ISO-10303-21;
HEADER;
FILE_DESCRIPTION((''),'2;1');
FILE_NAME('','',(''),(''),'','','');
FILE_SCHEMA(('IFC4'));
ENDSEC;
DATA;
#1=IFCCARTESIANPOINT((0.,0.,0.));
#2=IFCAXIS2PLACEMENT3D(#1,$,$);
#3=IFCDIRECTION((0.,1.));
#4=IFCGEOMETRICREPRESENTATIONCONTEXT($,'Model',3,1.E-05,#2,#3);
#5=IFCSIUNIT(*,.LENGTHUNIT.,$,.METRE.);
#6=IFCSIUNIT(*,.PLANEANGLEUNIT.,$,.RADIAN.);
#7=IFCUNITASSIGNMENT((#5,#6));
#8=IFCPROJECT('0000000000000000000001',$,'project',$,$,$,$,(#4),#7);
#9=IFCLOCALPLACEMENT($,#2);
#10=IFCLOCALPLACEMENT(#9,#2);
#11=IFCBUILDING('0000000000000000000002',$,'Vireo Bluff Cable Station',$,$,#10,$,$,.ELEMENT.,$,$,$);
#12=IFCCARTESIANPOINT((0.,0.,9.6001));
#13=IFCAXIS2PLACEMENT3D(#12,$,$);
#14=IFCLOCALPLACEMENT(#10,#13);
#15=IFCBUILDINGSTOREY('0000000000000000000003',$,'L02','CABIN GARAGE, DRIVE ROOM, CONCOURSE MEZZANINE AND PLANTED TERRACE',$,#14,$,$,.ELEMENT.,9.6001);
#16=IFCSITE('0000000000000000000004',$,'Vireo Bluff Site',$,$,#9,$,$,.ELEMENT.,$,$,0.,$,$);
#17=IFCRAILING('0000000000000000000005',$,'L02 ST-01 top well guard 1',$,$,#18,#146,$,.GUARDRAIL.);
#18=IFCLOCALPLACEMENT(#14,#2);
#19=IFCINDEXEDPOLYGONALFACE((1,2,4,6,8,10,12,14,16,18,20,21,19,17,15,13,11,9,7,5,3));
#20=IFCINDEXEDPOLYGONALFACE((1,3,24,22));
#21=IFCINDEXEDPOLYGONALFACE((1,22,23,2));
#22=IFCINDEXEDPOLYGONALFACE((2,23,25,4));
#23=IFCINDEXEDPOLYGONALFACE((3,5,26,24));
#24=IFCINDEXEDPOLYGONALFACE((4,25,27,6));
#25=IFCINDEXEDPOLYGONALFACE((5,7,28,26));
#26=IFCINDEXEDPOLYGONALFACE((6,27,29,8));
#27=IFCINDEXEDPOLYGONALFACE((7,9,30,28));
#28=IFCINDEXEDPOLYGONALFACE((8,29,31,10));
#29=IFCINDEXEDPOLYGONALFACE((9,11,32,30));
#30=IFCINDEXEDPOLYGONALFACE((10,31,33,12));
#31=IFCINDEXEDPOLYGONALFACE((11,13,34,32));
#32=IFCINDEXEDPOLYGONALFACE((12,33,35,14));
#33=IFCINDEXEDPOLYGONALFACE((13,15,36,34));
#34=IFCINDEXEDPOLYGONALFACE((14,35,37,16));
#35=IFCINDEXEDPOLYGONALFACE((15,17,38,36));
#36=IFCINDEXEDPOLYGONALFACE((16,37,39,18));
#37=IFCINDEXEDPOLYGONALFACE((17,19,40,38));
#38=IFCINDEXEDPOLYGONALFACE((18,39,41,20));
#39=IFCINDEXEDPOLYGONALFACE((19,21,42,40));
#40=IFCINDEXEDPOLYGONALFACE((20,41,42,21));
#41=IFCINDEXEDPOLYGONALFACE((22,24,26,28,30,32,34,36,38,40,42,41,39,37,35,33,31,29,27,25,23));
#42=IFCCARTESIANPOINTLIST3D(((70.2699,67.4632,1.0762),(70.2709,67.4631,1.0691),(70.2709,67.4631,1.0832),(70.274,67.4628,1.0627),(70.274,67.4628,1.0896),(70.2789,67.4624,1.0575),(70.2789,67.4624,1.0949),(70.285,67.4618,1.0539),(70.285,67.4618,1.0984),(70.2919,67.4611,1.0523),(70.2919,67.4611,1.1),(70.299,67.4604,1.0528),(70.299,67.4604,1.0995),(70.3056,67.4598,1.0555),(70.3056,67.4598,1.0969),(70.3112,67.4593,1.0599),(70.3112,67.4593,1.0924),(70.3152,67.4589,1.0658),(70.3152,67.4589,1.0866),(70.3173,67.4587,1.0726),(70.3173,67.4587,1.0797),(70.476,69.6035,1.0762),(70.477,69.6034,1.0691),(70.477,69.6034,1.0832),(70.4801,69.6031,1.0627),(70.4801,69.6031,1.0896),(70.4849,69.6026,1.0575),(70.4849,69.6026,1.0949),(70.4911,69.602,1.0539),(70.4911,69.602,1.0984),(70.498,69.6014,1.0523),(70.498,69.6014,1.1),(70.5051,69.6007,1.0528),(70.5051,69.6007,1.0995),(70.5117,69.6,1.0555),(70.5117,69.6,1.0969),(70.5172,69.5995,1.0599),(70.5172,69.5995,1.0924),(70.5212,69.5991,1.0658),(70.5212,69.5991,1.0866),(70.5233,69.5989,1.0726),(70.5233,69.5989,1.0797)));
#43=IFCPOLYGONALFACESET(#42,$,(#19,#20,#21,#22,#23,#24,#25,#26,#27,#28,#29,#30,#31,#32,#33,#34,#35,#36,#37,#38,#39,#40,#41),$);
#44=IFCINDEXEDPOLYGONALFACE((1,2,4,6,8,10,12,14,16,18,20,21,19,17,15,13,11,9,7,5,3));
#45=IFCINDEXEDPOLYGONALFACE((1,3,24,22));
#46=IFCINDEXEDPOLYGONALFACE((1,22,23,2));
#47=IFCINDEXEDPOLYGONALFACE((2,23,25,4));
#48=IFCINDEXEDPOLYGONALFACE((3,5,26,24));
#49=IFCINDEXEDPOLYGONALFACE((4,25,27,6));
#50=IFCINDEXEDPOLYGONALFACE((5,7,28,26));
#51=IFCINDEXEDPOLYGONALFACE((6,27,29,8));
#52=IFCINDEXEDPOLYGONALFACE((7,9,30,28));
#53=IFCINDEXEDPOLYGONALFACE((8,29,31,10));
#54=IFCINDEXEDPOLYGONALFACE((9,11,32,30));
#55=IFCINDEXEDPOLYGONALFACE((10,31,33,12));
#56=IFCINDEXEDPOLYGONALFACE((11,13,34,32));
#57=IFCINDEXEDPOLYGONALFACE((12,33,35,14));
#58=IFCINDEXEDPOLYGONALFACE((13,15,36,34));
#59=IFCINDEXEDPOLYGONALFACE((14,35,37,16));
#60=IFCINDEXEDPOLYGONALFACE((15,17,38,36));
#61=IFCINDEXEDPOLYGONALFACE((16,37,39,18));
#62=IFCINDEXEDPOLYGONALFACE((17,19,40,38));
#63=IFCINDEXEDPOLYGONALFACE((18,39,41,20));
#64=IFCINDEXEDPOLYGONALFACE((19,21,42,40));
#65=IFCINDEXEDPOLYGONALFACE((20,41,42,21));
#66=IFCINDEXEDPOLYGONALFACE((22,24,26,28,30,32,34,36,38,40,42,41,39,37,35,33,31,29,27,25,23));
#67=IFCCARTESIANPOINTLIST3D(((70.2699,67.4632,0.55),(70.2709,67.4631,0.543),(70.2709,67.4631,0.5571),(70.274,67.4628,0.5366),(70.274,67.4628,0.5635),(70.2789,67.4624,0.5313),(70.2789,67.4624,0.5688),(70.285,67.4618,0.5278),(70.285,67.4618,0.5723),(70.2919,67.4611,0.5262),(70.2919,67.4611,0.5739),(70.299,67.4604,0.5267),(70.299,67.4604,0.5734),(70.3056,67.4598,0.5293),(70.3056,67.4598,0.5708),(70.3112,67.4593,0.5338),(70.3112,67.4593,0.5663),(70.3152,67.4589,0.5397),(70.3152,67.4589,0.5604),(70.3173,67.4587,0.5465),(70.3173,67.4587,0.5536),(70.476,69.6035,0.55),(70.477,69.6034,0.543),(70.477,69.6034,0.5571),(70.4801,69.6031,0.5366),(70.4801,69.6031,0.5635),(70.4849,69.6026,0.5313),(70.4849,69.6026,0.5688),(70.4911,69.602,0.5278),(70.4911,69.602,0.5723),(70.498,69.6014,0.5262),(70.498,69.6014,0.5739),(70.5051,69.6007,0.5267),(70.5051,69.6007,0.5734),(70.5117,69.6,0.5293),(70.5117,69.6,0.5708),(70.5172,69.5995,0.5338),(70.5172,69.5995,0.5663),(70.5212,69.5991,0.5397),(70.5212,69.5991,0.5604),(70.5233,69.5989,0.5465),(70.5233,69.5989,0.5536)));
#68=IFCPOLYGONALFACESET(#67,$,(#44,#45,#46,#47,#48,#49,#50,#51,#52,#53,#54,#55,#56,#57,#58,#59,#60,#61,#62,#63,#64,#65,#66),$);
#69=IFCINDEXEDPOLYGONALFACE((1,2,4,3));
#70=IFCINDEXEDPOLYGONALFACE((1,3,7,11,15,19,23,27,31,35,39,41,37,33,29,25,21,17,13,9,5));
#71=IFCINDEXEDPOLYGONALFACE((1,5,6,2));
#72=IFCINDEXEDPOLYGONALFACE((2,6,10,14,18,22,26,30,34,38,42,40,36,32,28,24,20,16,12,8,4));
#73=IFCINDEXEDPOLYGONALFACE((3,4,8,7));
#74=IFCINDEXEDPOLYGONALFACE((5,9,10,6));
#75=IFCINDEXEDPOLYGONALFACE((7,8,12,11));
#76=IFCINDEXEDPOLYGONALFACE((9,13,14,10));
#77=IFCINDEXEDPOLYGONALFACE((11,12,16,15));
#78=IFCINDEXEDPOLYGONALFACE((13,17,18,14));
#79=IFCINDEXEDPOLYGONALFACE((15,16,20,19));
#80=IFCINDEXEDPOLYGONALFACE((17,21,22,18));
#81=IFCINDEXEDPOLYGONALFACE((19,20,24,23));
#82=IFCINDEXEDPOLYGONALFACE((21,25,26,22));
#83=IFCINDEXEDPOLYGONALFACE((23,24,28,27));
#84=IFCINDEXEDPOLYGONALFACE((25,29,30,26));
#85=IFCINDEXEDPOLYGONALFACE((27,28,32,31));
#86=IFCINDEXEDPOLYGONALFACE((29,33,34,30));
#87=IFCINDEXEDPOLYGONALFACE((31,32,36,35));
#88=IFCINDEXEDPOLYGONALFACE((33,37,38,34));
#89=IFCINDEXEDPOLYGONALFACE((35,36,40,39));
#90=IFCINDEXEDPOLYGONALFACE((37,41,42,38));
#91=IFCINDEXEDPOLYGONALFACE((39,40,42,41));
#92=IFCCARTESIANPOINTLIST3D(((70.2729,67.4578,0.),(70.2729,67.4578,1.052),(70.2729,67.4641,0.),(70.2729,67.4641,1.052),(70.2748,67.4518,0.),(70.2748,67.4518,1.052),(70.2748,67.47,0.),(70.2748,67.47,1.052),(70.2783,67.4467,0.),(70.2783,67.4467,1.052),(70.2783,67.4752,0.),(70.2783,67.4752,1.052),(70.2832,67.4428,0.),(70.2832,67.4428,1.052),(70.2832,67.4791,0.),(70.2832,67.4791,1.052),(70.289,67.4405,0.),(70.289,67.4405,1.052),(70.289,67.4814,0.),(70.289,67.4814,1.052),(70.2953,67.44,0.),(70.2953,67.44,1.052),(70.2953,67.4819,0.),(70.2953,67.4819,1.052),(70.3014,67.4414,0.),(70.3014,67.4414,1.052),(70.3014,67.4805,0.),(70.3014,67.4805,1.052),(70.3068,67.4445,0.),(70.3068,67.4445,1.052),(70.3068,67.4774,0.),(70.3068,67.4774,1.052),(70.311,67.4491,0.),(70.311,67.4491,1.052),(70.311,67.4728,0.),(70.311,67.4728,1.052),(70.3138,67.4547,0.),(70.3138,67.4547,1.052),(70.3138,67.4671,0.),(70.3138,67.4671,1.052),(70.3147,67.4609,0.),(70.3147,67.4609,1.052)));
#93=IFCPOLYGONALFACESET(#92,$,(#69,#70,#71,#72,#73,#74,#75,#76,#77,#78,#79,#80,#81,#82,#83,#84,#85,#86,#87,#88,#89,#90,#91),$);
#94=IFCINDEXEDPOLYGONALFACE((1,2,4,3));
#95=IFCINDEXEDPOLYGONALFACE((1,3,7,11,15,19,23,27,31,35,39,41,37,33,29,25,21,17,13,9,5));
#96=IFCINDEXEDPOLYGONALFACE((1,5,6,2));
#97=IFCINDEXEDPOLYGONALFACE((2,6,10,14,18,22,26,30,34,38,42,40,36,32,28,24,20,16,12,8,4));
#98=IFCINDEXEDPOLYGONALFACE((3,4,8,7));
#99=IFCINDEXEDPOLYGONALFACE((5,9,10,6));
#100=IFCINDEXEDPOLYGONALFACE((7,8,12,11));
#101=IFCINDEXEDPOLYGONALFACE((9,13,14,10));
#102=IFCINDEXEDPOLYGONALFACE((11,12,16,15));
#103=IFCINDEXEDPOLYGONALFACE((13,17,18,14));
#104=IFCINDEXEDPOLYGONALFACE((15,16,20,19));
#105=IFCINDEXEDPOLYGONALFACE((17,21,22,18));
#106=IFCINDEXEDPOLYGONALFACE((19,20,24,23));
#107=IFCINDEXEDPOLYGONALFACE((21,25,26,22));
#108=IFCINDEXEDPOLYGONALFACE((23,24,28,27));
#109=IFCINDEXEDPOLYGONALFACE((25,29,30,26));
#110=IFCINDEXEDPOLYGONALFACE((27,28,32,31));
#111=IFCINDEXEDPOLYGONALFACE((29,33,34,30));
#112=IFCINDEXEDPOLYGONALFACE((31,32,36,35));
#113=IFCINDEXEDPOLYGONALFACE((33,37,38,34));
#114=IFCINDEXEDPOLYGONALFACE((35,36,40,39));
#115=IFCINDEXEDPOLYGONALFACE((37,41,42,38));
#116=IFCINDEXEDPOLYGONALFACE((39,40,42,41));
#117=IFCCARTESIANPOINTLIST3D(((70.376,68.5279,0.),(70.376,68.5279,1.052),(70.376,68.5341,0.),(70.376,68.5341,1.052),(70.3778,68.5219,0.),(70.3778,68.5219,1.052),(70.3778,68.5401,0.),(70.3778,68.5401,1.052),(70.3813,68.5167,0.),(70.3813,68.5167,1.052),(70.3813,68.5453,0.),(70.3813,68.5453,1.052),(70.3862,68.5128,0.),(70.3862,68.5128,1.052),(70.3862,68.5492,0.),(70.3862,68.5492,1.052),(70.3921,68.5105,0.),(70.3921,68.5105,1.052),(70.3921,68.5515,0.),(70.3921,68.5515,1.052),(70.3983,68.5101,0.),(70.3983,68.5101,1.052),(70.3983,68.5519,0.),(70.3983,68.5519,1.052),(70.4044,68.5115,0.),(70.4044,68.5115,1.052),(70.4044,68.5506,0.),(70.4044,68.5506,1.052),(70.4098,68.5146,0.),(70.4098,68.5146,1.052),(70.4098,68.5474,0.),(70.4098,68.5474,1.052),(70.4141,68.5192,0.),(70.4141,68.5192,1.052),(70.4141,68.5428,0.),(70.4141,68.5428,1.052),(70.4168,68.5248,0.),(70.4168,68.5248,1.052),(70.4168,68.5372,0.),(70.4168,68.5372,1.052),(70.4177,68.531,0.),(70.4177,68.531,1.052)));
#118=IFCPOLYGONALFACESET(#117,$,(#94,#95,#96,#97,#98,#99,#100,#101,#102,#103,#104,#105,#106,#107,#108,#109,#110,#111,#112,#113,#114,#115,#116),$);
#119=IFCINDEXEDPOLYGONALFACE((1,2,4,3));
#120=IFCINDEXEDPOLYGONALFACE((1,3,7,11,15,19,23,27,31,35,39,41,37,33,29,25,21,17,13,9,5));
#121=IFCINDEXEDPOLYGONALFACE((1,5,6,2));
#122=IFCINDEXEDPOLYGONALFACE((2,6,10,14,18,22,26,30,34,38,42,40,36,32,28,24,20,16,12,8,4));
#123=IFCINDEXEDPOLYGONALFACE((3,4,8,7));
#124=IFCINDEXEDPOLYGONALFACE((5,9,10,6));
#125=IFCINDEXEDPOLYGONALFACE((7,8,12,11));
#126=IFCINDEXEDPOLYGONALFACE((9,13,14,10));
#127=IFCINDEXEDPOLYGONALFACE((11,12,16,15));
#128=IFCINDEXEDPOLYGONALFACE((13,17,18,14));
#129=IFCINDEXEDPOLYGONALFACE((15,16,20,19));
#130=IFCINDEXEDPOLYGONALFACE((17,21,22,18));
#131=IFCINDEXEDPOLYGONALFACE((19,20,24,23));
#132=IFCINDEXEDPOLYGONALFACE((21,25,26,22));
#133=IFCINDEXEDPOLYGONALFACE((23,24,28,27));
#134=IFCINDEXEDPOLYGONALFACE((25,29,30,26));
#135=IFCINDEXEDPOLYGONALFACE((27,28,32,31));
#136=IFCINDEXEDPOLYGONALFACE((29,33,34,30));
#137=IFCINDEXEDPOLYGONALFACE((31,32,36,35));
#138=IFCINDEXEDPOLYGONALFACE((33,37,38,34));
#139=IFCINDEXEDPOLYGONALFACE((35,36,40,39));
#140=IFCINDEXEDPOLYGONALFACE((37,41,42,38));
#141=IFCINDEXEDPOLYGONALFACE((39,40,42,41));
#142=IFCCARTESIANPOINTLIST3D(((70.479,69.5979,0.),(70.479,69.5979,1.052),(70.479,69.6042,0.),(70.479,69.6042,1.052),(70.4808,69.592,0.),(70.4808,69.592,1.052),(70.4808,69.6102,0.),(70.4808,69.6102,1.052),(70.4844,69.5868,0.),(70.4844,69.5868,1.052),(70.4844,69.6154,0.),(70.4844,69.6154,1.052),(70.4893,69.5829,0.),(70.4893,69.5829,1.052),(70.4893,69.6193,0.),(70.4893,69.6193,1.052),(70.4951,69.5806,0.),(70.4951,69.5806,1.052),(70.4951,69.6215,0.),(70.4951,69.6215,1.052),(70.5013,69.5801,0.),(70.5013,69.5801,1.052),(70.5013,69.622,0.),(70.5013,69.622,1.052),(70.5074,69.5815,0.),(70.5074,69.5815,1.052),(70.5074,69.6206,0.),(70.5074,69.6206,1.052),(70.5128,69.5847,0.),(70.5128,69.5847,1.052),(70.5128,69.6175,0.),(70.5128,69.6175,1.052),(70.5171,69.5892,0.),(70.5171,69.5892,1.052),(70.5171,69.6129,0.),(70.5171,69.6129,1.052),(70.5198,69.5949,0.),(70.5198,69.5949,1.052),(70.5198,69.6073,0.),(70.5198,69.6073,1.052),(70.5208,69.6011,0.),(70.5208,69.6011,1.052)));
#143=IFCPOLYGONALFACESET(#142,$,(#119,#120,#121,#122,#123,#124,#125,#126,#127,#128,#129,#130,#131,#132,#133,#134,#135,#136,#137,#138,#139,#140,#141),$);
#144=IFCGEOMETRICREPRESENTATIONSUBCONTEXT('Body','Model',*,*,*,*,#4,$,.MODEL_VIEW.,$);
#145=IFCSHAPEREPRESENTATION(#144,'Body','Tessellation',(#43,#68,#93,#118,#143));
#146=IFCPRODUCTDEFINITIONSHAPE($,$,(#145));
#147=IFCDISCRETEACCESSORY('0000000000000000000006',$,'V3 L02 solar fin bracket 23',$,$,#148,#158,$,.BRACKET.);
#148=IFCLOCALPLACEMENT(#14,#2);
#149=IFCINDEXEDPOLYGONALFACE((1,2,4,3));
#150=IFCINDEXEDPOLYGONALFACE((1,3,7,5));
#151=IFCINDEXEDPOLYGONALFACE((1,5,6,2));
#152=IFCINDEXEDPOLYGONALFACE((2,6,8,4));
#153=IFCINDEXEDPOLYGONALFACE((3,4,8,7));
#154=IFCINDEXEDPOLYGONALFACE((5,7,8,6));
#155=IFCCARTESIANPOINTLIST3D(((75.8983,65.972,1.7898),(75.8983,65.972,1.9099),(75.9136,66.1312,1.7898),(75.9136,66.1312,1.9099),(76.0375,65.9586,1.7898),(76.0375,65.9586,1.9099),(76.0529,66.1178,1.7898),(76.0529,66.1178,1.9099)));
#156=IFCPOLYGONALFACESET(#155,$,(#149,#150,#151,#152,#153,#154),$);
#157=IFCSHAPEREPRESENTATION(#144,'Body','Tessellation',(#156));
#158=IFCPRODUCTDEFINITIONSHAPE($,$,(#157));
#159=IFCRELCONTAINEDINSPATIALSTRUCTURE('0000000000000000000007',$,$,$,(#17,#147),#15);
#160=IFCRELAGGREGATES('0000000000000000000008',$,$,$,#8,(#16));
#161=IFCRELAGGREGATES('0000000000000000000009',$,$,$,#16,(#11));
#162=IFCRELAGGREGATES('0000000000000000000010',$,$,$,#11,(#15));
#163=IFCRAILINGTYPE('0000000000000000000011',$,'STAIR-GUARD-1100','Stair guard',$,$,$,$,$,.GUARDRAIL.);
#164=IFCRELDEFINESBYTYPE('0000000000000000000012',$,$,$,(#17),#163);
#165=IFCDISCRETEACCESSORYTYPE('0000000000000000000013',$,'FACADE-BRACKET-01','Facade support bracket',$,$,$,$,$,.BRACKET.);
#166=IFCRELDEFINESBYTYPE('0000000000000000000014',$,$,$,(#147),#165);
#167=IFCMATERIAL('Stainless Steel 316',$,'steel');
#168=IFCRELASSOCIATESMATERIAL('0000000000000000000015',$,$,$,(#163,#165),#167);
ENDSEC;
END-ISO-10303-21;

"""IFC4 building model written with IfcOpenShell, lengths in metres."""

from ifc_helpers import new_model, si_unit, direction, frame, origin, origin_2d, place, context, subcontext, project, spatial, rectangle, circle, extrude, material, type_object, element, save


model = new_model("IFC4")

# Units and contexts
model_context = context("Model", 3, precision=1e-05, world=origin(), true_north=direction((0.0, 1.0)))
body_context = subcontext(model_context, "Body", "Model", "MODEL_VIEW")
ifc_project = project(units=[si_unit("LENGTHUNIT", "METRE"), si_unit("PLANEANGLEUNIT", "RADIAN")], contexts=[model_context])

# Site, building, storey
site_placement = place(None, origin())
site = spatial("IfcSite", under=ifc_project, at=site_placement, Name="Vireo Bluff Site", CompositionType="ELEMENT", RefElevation=0.0)
building_placement = place(site_placement, origin())
building = spatial("IfcBuilding", under=site, at=building_placement, Name="Vireo Bluff Cable Station", CompositionType="ELEMENT")
storey_placement = place(building_placement, frame((0.0, 0.0, 9.6001)))
storey = spatial("IfcBuildingStorey", under=building, at=storey_placement, Name="L02", Description="CABIN GARAGE, DRIVE ROOM, CONCOURSE MEZZANINE AND PLANTED TERRACE", CompositionType="ELEMENT", Elevation=9.6001)

# Shared definitions
ifc_material_1 = material(Name="Stainless Steel 316", Category="steel")

# Railing
railing_type = type_object("IfcRailingType", Name="STAIR-GUARD-1100", Description="Stair guard", PredefinedType="GUARDRAIL", material=ifc_material_1)
railing_placement = place(storey_placement, frame((70.2937, 67.4609, 0.0)))
element("IfcRailing", 1, at=railing_placement, inside=storey, type_object=railing_type, Name="L02 ST-01 top well guard 1", PredefinedType="GUARDRAIL", context=body_context, shape_type="SweptSolid", body=[
    extrude(circle(Radius=0.0239, at=origin_2d()), frame((0.0, 0.0, 1.0762), z_axis=(0.095838, 0.995397, 0.0), x_axis=(-0.995397, 0.095838, 0.0)), (0.0, 0.0, 1.0), 2.1501),
    extrude(circle(Radius=0.0239, at=origin_2d()), frame((0.0, 0.0, 0.55), z_axis=(0.095838, 0.995397, 0.0), x_axis=(-0.995397, 0.095838, 0.0)), (0.0, 0.0, 1.0), 2.1501),
    extrude(circle(Radius=0.021, at=origin_2d()), origin(), (0.0, 0.0, 1.0), 1.052),
    extrude(circle(Radius=0.021, at=origin_2d()), frame((0.103, 1.0701, 0.0)), (0.0, 0.0, 1.0), 1.052),
    extrude(circle(Radius=0.021, at=origin_2d()), frame((0.2061, 2.1401, 0.0)), (0.0, 0.0, 1.0), 1.052),
])

# Discrete accessory
discrete_accessory_type = type_object("IfcDiscreteAccessoryType", Name="FACADE-BRACKET-01", Description="Facade support bracket", PredefinedType="BRACKET", material=ifc_material_1)
discrete_accessory_placement = place(storey_placement, frame((75.9756, 66.0449, 1.7898), z_axis=(0.0, 0.0, 1.0), x_axis=(-0.995396, 0.095846, 0.0)))
element("IfcDiscreteAccessory", 2, at=discrete_accessory_placement, inside=storey, type_object=discrete_accessory_type, Name="V3 L02 solar fin bracket 23", PredefinedType="BRACKET", context=body_context, shape_type="SweptSolid", body=[
    extrude(rectangle(XDim=0.1399, YDim=0.1599, at=origin_2d()), origin(), (0.0, 0.0, 1.0), 0.1201),
])

save(model, "model.ifc")
